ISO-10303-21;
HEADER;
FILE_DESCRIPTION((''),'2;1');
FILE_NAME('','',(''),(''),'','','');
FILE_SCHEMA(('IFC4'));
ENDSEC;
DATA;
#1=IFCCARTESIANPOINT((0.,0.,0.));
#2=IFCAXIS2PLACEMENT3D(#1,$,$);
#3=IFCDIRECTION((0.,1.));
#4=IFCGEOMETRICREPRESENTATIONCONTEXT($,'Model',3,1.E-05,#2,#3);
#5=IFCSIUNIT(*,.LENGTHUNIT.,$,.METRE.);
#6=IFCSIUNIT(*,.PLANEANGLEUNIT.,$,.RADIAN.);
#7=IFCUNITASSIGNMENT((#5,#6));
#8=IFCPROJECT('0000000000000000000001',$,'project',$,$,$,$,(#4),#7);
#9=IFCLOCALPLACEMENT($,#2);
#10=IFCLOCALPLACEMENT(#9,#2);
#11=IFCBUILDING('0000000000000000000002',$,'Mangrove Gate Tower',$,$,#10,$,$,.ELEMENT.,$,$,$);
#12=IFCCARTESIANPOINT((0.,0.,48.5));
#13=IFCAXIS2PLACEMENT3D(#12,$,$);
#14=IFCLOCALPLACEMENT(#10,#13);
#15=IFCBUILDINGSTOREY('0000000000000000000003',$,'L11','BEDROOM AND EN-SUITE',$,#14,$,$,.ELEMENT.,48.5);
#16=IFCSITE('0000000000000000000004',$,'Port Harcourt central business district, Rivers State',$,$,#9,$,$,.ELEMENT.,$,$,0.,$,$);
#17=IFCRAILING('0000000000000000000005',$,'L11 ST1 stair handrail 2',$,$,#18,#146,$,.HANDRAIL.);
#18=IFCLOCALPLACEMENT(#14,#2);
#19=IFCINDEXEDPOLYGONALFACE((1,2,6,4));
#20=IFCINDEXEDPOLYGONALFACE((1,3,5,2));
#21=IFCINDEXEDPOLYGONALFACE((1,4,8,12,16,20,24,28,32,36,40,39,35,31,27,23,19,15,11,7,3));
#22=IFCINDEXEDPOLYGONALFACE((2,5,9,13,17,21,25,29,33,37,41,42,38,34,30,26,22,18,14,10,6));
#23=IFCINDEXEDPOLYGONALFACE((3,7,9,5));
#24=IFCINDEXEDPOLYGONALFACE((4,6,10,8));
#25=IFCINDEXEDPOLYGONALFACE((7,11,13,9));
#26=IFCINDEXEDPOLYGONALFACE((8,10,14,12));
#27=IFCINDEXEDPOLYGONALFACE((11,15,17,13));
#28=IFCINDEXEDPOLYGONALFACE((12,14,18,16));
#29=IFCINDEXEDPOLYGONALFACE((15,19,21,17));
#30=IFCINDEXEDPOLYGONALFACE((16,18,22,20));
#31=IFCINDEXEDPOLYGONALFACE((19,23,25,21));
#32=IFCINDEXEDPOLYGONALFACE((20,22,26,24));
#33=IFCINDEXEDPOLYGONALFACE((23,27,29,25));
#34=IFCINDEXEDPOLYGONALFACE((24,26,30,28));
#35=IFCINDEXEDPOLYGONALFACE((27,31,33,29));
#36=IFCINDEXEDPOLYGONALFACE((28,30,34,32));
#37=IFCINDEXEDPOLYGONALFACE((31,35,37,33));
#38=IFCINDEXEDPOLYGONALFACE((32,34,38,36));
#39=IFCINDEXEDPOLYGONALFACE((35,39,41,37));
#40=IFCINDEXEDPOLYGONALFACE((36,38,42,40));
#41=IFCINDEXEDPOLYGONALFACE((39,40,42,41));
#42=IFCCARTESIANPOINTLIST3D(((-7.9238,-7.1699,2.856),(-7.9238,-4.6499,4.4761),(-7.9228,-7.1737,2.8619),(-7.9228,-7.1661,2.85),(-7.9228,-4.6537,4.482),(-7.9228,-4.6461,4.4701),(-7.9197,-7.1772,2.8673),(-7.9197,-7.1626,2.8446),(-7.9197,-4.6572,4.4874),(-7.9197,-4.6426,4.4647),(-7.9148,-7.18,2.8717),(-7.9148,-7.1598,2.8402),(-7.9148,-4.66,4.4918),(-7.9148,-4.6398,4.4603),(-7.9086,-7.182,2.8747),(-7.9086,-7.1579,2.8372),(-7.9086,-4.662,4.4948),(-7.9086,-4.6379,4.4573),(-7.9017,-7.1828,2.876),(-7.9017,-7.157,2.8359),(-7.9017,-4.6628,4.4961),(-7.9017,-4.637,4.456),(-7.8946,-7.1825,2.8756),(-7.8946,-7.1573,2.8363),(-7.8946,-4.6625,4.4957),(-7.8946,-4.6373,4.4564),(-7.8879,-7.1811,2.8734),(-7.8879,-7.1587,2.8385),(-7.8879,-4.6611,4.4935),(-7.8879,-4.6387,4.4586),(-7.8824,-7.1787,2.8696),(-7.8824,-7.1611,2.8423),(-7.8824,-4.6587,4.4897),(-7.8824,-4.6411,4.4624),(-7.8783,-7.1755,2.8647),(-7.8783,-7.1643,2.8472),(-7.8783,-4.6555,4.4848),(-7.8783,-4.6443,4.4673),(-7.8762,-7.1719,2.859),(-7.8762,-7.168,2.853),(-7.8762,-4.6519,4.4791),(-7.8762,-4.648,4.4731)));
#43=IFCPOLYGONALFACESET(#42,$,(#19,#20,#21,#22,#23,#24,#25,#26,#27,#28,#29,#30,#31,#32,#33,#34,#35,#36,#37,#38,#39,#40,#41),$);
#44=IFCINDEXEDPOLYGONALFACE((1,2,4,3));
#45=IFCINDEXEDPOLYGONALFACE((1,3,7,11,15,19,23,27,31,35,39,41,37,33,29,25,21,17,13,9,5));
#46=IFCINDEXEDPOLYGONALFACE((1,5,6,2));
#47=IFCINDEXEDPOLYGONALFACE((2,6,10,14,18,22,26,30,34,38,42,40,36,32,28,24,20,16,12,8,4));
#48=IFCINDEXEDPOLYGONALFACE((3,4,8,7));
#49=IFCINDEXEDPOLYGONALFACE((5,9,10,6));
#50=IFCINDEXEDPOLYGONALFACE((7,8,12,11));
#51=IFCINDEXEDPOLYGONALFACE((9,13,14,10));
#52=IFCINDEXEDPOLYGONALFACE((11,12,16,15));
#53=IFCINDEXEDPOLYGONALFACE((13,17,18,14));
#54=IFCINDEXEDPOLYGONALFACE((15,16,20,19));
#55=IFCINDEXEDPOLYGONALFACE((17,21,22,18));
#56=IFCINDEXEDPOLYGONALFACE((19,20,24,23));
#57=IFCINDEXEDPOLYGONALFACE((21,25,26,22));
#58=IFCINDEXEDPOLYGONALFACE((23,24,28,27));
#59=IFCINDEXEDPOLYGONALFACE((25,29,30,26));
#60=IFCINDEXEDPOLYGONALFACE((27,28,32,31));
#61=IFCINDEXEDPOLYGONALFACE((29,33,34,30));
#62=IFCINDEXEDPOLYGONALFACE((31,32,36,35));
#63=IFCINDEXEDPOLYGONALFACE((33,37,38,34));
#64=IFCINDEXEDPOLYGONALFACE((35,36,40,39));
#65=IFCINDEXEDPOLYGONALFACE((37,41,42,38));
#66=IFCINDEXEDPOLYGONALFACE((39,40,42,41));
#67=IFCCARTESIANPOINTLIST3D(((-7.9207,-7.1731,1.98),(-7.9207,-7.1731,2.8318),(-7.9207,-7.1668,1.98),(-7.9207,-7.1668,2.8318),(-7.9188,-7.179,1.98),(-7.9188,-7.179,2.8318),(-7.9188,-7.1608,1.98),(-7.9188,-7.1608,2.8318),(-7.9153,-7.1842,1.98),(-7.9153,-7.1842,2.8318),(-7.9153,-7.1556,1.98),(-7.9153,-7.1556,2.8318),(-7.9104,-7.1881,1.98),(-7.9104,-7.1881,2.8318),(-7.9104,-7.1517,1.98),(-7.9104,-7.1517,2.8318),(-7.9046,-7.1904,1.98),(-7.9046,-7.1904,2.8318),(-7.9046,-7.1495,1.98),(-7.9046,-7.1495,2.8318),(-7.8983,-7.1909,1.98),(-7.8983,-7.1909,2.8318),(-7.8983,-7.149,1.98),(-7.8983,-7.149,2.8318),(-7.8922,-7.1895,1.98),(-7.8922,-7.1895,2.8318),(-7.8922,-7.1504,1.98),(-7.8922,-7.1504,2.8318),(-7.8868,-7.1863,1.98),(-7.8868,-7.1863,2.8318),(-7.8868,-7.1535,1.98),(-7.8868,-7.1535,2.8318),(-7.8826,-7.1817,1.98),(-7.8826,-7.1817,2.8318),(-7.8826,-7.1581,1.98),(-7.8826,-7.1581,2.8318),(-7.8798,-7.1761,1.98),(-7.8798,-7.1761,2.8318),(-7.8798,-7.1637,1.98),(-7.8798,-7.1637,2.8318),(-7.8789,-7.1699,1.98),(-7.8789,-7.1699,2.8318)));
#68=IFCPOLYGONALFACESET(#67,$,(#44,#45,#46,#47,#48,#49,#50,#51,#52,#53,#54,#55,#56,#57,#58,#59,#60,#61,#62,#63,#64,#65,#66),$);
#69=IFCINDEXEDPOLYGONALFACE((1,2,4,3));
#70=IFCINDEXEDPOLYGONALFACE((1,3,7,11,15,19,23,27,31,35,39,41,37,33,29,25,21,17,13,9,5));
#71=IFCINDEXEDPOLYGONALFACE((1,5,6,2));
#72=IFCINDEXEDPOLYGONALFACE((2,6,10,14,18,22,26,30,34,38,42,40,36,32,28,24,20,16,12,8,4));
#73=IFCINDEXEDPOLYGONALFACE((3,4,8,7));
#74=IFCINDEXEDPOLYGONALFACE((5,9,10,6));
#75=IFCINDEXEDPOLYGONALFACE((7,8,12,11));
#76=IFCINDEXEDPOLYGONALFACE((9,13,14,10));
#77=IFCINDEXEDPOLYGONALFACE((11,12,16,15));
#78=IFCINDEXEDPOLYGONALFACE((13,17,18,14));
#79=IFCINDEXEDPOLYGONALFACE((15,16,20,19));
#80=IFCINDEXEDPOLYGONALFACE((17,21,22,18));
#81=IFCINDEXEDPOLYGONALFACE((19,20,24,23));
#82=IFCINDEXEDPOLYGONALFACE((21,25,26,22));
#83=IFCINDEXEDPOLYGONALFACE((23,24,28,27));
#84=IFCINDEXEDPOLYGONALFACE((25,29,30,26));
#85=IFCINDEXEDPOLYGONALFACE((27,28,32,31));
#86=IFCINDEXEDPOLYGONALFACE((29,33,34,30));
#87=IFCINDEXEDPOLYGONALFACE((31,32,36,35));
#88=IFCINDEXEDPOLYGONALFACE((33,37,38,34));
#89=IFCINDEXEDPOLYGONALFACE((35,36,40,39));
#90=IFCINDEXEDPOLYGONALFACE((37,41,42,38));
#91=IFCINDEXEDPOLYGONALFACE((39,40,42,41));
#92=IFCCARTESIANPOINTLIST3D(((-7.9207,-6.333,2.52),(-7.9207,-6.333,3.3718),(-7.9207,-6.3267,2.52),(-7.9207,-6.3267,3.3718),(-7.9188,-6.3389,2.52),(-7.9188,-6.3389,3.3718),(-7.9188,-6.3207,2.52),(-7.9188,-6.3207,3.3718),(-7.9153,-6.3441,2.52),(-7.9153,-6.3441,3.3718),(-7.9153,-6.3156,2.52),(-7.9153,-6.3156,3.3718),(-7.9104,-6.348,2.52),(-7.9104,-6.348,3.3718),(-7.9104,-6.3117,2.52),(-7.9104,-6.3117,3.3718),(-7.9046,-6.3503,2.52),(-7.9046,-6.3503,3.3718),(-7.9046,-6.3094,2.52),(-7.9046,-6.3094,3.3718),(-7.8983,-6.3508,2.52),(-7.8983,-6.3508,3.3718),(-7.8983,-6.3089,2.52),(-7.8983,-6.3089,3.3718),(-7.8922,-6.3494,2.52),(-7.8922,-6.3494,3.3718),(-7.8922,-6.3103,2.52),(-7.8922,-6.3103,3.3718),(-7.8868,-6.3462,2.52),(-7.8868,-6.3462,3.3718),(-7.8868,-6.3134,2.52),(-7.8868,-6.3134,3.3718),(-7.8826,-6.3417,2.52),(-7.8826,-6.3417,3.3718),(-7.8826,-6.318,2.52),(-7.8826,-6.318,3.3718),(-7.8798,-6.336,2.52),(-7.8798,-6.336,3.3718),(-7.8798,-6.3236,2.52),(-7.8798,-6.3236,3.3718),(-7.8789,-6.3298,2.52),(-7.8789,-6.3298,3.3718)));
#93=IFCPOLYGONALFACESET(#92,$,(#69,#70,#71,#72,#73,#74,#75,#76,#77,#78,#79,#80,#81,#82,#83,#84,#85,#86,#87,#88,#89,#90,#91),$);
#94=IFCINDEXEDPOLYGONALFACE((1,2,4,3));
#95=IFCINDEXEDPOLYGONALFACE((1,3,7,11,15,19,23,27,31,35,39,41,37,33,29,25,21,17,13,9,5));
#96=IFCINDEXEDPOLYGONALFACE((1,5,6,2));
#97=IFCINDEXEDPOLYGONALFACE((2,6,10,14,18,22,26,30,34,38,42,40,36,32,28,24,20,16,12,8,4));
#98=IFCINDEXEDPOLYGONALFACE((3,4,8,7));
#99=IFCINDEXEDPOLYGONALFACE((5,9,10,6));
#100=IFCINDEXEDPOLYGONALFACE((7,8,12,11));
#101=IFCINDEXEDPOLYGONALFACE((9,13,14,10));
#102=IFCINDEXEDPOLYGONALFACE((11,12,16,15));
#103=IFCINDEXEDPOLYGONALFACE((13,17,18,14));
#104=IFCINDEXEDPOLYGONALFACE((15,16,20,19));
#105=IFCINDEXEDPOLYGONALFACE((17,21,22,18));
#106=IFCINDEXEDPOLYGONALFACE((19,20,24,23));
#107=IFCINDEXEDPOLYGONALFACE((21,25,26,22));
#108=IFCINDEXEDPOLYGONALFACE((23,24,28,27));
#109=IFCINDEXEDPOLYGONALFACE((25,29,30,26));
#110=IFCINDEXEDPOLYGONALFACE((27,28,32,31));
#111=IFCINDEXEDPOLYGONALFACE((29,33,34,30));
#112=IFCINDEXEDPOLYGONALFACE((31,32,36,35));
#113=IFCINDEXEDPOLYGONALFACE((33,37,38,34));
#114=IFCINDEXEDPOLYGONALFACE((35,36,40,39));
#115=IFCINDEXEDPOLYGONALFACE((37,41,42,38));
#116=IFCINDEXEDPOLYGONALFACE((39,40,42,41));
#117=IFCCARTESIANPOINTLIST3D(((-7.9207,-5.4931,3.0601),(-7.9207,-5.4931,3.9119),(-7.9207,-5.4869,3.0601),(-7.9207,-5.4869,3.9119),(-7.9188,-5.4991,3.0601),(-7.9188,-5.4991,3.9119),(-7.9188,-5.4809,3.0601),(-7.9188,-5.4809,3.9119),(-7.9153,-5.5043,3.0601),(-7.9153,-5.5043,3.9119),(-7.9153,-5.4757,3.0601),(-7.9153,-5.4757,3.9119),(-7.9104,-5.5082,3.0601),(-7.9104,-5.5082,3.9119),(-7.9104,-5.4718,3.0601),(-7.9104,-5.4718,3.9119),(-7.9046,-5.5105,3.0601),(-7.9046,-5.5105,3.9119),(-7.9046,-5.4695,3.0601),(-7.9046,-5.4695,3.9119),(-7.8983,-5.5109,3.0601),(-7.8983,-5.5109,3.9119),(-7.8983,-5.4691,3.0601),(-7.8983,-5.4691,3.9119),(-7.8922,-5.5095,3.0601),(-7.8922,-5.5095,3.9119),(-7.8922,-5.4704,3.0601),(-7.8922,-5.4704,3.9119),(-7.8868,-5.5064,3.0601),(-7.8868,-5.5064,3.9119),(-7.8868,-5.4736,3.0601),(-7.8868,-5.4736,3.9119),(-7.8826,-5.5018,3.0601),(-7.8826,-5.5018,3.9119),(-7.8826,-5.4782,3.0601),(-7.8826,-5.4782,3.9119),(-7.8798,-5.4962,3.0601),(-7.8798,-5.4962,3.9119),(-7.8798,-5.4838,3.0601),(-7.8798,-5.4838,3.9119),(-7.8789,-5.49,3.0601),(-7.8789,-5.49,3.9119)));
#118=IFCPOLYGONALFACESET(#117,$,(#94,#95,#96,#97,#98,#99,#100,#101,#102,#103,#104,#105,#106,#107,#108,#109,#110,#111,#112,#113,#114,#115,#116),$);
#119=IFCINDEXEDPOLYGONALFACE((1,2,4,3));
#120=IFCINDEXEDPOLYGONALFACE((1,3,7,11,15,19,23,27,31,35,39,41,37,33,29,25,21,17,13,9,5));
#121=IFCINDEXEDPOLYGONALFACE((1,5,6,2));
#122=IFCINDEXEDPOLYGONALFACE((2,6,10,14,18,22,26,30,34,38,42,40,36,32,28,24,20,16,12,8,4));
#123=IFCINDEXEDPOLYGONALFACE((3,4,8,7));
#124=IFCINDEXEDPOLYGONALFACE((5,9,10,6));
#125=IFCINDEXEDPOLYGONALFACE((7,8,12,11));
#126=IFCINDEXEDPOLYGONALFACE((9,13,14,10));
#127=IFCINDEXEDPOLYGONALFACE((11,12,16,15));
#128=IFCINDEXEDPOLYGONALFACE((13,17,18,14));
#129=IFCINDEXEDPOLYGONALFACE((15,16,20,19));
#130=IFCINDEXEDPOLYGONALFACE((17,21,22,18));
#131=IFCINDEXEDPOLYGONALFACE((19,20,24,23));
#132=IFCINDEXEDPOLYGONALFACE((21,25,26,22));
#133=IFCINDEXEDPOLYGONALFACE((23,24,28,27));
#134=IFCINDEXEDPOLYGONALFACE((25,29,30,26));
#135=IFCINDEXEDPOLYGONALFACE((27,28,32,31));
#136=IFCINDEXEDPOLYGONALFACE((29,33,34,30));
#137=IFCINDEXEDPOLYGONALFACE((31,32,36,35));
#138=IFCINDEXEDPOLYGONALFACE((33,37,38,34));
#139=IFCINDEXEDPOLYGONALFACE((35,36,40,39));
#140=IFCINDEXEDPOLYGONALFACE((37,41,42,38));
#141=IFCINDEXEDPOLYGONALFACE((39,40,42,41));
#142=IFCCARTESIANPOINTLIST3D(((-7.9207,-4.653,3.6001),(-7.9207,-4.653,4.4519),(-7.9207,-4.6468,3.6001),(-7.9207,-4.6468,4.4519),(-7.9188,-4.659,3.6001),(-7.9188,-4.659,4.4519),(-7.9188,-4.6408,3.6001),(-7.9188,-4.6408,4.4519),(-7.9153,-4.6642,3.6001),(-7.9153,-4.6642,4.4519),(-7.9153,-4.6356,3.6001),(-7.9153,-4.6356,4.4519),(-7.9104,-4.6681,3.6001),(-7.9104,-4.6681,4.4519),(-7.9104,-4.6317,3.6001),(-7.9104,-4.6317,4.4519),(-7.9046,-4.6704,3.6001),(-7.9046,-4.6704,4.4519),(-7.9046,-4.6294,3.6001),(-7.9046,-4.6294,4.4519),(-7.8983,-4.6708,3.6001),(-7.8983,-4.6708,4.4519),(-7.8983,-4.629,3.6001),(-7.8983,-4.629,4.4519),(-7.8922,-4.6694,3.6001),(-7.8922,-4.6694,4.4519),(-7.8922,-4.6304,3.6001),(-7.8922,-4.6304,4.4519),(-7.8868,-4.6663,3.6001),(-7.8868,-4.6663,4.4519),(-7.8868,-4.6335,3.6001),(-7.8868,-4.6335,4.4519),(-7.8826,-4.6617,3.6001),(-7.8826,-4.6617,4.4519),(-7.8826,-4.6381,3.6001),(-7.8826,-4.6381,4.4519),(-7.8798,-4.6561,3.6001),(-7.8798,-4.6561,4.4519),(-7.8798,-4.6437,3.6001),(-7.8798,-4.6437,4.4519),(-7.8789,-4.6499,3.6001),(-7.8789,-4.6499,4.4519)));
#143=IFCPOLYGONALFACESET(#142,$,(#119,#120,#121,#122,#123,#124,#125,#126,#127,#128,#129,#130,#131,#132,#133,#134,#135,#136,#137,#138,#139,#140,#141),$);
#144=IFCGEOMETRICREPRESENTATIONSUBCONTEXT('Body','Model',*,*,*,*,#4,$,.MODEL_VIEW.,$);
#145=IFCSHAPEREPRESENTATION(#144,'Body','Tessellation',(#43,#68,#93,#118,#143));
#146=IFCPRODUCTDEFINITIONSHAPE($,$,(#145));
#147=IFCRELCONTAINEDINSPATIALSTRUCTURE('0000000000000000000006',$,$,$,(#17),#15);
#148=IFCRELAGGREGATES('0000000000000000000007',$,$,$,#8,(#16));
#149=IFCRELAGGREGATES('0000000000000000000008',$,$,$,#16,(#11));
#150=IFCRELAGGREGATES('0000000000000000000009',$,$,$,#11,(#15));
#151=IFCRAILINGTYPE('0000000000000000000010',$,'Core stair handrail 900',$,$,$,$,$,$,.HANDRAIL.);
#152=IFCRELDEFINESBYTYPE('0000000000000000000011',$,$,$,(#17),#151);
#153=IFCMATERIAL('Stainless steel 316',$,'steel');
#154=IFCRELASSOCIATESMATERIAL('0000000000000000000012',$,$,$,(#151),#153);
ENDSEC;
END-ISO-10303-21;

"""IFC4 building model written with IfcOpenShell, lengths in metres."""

from ifc_helpers import new_model, si_unit, direction, frame, origin, origin_2d, place, context, subcontext, project, spatial, circle, extrude, material, type_object, element, save


model = new_model("IFC4")

# Units and contexts
model_context = context("Model", 3, precision=1e-05, world=origin(), true_north=direction((0.0, 1.0)))
body_context = subcontext(model_context, "Body", "Model", "MODEL_VIEW")
ifc_project = project(units=[si_unit("LENGTHUNIT", "METRE"), si_unit("PLANEANGLEUNIT", "RADIAN")], contexts=[model_context])

# Site, building, storey
site_placement = place(None, origin())
site = spatial("IfcSite", under=ifc_project, at=site_placement, Name="Port Harcourt central business district, Rivers State", CompositionType="ELEMENT", RefElevation=0.0)
building_placement = place(site_placement, origin())
building = spatial("IfcBuilding", under=site, at=building_placement, Name="Mangrove Gate Tower", CompositionType="ELEMENT")
storey_placement = place(building_placement, frame((0.0, 0.0, 48.5)))
storey = spatial("IfcBuildingStorey", under=building, at=storey_placement, Name="L11", Description="BEDROOM AND EN-SUITE", CompositionType="ELEMENT", Elevation=48.5)

# Railing
ifc_material_1 = material(Name="Stainless steel 316", Category="steel")
railing_type_1 = type_object("IfcRailingType", Name="Core stair handrail 900", PredefinedType="HANDRAIL", material=ifc_material_1)
railing_1_placement = place(storey_placement, frame((-7.8999, -7.1699, 1.98)))
element("IfcRailing", 1, at=railing_1_placement, inside=storey, type_object=railing_type_1, Name="L11 ST1 stair handrail 2", PredefinedType="HANDRAIL", context=body_context, shape_type="SweptSolid", body=[
    extrude(circle(Radius=0.0239, at=origin_2d()), frame((0.0, 0.0, 0.876), z_axis=(0.0, 0.841163, 0.540782), x_axis=(-1.0, 0.0, 0.0)), (0.0, 0.0, 1.0), 2.9958),
    extrude(circle(Radius=0.021, at=origin_2d()), origin(), (0.0, 0.0, 1.0), 0.8518),
    extrude(circle(Radius=0.021, at=origin_2d()), frame((0.0, 0.8401, 0.54)), (0.0, 0.0, 1.0), 0.8518),
    extrude(circle(Radius=0.021, at=origin_2d()), frame((0.0, 1.6799, 1.0801)), (0.0, 0.0, 1.0), 0.8518),
    extrude(circle(Radius=0.021, at=origin_2d()), frame((0.0, 2.52, 1.6201)), (0.0, 0.0, 1.0), 0.8518),
])

save(model, "model.ifc")
